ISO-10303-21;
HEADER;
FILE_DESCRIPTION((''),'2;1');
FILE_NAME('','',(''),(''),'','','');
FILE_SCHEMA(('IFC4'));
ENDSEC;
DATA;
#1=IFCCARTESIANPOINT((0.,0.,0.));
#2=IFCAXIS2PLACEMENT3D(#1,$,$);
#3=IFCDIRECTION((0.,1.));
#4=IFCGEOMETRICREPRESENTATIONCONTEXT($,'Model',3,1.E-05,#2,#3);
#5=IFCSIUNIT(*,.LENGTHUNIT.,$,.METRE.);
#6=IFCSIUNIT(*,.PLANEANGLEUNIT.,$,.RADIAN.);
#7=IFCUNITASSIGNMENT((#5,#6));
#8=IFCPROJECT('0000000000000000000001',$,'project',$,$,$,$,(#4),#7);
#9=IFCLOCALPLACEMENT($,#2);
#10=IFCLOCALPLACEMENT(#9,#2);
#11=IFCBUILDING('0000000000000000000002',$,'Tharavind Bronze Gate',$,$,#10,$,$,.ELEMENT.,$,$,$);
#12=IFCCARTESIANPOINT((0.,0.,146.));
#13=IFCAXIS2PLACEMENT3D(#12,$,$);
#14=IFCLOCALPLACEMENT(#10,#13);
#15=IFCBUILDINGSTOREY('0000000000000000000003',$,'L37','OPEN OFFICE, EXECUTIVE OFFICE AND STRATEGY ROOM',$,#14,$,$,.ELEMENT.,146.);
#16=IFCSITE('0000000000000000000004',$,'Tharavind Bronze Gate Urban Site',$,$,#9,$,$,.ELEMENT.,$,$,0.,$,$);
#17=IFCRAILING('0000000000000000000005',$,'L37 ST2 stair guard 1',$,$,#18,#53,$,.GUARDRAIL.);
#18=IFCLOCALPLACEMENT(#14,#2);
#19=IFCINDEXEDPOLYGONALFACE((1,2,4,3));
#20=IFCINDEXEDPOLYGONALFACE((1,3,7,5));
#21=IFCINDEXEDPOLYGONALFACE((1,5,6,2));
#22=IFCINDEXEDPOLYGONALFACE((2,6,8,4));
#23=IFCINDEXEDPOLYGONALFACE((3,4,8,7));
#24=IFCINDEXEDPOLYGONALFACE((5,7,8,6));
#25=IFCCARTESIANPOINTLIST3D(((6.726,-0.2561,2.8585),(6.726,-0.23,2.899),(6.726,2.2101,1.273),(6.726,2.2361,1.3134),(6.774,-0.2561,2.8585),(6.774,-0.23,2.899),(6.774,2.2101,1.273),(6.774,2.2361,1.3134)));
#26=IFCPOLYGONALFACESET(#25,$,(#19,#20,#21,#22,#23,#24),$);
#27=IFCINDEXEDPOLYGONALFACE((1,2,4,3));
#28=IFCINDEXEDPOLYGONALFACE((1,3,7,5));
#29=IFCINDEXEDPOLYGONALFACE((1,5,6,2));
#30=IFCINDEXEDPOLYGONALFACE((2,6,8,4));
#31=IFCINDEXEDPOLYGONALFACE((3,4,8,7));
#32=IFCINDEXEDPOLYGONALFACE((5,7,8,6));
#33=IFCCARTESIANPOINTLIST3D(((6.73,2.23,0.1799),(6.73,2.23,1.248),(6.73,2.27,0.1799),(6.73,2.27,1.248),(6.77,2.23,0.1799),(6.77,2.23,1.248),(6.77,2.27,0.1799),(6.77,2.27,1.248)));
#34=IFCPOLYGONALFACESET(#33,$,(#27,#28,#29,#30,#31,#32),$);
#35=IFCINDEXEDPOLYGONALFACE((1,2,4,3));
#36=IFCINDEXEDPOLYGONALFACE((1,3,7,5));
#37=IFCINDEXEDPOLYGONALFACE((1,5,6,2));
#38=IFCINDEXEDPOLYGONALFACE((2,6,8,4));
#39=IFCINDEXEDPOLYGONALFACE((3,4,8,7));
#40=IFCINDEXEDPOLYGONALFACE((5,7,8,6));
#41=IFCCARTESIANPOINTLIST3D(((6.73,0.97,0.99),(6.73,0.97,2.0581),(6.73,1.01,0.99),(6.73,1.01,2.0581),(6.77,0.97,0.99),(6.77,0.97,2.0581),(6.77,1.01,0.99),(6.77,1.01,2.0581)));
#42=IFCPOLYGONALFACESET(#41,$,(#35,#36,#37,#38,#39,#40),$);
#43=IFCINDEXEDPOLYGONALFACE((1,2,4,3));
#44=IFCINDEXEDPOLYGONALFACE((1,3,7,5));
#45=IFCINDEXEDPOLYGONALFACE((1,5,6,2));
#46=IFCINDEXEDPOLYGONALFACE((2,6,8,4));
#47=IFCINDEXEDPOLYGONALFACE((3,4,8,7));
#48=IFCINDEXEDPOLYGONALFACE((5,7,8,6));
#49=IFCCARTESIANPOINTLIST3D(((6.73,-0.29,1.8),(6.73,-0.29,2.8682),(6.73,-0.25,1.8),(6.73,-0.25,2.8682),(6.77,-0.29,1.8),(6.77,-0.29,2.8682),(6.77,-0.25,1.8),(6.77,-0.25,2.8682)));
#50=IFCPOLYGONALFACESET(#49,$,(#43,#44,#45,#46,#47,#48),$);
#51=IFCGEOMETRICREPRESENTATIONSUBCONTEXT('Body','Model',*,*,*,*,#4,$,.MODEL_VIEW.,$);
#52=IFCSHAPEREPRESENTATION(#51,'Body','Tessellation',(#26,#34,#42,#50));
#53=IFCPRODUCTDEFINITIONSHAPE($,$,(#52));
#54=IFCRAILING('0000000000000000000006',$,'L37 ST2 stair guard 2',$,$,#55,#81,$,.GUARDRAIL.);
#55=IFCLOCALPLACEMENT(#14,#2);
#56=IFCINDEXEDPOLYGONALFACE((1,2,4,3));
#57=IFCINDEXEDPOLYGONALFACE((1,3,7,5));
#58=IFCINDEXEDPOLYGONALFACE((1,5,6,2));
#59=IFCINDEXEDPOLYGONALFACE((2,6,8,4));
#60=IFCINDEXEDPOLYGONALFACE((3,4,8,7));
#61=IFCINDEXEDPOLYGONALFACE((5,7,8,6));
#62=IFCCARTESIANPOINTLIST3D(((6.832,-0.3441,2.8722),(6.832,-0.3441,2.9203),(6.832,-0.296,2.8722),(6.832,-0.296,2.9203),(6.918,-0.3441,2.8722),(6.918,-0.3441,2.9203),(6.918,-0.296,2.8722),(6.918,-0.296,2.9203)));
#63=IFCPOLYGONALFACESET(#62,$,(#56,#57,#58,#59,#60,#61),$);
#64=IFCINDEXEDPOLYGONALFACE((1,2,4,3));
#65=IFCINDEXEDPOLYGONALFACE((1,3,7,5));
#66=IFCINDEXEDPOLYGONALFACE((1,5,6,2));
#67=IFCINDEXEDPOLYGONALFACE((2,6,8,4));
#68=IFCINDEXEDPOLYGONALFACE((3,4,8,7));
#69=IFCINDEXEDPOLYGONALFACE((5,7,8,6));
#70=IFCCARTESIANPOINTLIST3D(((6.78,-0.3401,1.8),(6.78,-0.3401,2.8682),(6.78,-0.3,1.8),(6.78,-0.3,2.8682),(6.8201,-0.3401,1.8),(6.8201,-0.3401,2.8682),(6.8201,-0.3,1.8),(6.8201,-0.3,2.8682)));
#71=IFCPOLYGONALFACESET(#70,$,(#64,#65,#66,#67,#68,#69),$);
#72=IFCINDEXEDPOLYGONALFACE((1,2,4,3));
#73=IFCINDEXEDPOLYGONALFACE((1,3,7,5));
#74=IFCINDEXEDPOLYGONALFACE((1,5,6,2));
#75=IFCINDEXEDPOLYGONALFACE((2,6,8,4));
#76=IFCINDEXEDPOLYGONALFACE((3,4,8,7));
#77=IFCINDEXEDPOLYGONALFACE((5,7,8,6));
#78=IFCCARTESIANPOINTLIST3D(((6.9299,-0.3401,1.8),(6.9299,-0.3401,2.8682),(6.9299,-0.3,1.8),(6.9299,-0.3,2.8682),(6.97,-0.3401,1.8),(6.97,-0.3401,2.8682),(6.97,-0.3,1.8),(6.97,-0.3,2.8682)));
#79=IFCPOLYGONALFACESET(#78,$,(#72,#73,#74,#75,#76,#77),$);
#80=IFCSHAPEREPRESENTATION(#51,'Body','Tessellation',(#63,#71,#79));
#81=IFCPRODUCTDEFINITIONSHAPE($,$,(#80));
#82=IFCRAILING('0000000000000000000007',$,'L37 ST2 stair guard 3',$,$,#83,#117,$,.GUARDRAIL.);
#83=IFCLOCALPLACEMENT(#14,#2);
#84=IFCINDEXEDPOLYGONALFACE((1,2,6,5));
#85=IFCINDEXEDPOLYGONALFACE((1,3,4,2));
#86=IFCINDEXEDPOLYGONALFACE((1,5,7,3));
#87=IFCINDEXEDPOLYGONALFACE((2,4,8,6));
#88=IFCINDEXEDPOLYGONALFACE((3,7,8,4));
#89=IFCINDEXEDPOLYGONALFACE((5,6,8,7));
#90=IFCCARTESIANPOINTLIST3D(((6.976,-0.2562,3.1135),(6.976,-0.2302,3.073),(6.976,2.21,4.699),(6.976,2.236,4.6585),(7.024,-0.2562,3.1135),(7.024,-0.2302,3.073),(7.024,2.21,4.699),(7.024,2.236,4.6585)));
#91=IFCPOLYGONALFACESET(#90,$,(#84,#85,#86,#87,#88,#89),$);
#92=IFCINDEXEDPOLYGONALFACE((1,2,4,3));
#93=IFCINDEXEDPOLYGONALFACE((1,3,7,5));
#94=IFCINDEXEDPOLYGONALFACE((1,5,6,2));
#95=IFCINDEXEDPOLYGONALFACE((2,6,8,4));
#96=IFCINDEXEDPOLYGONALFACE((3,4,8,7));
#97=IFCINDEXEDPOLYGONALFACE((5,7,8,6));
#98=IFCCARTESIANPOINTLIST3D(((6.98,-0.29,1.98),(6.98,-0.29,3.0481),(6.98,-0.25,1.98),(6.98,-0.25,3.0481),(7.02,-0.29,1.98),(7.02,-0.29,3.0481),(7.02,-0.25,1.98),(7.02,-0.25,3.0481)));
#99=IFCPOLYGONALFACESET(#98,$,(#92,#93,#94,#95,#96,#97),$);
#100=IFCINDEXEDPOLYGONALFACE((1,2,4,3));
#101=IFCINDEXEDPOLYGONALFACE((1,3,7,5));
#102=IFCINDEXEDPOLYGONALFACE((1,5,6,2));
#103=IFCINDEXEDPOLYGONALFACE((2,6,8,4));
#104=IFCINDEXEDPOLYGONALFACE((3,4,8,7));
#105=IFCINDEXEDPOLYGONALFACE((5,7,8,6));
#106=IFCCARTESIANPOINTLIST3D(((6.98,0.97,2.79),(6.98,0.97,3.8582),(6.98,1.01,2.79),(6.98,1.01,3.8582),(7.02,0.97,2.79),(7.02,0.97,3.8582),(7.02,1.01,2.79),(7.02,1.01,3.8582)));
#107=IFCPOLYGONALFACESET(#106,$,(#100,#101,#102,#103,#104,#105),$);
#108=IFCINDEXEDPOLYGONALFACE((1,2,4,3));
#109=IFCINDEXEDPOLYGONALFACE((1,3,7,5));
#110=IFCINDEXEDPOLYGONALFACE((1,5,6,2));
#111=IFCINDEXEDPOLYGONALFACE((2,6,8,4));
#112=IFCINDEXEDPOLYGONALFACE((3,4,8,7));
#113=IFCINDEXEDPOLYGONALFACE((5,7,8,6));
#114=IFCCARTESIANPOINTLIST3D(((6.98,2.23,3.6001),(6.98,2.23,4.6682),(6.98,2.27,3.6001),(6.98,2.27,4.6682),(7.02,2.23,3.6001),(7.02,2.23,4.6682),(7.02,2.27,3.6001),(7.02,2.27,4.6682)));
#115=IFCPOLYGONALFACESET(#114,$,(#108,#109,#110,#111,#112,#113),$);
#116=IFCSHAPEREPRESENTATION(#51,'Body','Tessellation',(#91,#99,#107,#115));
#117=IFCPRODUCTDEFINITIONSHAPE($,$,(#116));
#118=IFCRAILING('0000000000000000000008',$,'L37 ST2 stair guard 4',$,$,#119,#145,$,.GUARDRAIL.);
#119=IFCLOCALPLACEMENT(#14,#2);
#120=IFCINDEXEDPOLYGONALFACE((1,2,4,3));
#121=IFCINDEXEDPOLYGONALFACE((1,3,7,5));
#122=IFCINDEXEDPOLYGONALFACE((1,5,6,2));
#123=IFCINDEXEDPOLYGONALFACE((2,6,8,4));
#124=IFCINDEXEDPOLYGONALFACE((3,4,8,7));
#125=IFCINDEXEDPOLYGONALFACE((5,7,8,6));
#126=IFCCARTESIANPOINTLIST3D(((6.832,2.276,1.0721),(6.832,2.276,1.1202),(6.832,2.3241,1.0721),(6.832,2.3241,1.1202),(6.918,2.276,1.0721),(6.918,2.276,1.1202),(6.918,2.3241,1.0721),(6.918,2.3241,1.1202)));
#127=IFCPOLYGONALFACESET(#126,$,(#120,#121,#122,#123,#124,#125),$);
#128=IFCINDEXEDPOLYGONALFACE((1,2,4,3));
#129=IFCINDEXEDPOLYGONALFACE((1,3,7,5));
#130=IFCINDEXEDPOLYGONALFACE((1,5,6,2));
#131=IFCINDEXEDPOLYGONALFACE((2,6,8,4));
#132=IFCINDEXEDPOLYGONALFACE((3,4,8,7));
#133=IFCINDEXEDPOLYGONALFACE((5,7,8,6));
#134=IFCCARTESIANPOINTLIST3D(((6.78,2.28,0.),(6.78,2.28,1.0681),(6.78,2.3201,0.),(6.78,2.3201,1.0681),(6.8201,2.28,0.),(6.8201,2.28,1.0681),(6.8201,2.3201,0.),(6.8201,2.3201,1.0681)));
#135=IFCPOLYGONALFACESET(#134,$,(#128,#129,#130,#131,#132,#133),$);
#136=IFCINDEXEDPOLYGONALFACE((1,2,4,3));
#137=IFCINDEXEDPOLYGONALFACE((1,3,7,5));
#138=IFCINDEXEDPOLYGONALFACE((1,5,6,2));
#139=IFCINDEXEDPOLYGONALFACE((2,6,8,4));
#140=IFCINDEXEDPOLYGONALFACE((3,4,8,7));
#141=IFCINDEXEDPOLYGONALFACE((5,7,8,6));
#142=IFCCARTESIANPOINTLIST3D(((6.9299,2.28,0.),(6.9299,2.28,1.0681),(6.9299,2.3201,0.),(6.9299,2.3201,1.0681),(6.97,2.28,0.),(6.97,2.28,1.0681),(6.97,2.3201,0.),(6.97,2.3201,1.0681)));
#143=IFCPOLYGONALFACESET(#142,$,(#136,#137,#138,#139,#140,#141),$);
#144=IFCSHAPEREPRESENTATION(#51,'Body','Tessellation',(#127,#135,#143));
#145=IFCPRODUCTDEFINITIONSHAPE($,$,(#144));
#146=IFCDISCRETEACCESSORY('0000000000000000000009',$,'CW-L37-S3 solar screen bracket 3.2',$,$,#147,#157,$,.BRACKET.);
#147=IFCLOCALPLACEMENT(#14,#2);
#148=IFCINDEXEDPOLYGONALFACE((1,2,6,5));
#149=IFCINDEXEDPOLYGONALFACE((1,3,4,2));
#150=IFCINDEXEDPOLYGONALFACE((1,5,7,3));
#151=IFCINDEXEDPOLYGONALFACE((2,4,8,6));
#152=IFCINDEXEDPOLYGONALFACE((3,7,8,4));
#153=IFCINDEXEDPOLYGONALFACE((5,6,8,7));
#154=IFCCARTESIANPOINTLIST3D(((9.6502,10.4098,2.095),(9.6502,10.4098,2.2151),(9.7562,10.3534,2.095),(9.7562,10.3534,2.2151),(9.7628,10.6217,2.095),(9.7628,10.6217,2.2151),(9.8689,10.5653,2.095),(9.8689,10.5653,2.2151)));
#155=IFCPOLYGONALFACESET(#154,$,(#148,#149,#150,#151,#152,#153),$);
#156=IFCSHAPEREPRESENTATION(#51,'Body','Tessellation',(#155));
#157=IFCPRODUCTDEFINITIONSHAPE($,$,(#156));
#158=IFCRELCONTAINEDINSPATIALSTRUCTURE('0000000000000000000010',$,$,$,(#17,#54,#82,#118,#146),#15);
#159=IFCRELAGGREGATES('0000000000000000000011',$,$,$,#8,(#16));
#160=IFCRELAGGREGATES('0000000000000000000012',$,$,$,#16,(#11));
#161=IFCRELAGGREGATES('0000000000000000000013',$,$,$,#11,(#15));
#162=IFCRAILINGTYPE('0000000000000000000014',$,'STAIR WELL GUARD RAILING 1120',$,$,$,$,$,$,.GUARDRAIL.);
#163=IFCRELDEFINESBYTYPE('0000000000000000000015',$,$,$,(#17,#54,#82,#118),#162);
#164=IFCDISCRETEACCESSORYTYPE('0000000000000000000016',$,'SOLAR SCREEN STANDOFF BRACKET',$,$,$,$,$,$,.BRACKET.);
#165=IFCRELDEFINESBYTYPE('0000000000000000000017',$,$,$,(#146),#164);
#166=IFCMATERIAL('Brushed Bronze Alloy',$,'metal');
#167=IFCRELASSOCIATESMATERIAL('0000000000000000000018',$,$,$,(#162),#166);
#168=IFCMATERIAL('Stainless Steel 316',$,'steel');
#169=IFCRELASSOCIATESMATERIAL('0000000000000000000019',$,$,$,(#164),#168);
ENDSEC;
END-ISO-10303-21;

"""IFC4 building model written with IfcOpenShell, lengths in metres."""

from ifc_helpers import new_model, si_unit, direction, frame, origin, origin_2d, place, context, subcontext, project, spatial, rectangle, extrude, material, type_object, element, save


model = new_model("IFC4")

# Units and contexts
model_context = context("Model", 3, precision=1e-05, world=origin(), true_north=direction((0.0, 1.0)))
body_context = subcontext(model_context, "Body", "Model", "MODEL_VIEW")
ifc_project = project(units=[si_unit("LENGTHUNIT", "METRE"), si_unit("PLANEANGLEUNIT", "RADIAN")], contexts=[model_context])

# Site, building, storey
site_placement = place(None, origin())
site = spatial("IfcSite", under=ifc_project, at=site_placement, Name="Tharavind Bronze Gate Urban Site", CompositionType="ELEMENT", RefElevation=0.0)
building_placement = place(site_placement, origin())
building = spatial("IfcBuilding", under=site, at=building_placement, Name="Tharavind Bronze Gate", CompositionType="ELEMENT")
storey_placement = place(building_placement, frame((0.0, 0.0, 146.0)))
storey = spatial("IfcBuildingStorey", under=building, at=storey_placement, Name="L37", Description="OPEN OFFICE, EXECUTIVE OFFICE AND STRATEGY ROOM", CompositionType="ELEMENT", Elevation=146.0)

# Railings
ifc_material_1 = material(Name="Brushed Bronze Alloy", Category="metal")
railing_type_1 = type_object("IfcRailingType", Name="STAIR WELL GUARD RAILING 1120", PredefinedType="GUARDRAIL", material=ifc_material_1)
railing_1_placement = place(storey_placement, frame((6.75, 2.25, 0.1799)))
element("IfcRailing", 1, at=railing_1_placement, inside=storey, type_object=railing_type_1, Name="L37 ST2 stair guard 1", PredefinedType="GUARDRAIL", context=body_context, shape_type="SweptSolid", body=[
    extrude(rectangle(XDim=0.0481, YDim=0.0481, at=origin_2d()), frame((0.0, -0.0269, 1.1133), z_axis=(0.0, -0.841163, 0.540782), x_axis=(1.0, 0.0, 0.0)), (0.0, 0.0, 1.0), 2.9319),
    extrude(rectangle(XDim=0.04, YDim=0.04, at=origin_2d()), origin(), (0.0, 0.0, 1.0), 1.0681),
    extrude(rectangle(XDim=0.04, YDim=0.04, at=origin_2d()), frame((0.0, -1.26, 0.8101)), (0.0, 0.0, 1.0), 1.0681),
    extrude(rectangle(XDim=0.04, YDim=0.04, at=origin_2d()), frame((0.0, -2.52, 1.6201)), (0.0, 0.0, 1.0), 1.0681),
])
railing_2_placement = place(storey_placement, frame((6.8, -0.3201, 1.8)))
element("IfcRailing", 2, at=railing_2_placement, inside=storey, type_object=railing_type_1, Name="L37 ST2 stair guard 2", PredefinedType="GUARDRAIL", context=body_context, shape_type="SweptSolid", body=[
    extrude(rectangle(XDim=0.0481, YDim=0.0481, at=origin_2d()), frame((0.032, 0.0, 1.0962), z_axis=(1.0, 0.0, 0.0), x_axis=(0.0, 1.0, 0.0)), (0.0, 0.0, 1.0), 0.0859),
    extrude(rectangle(XDim=0.04, YDim=0.04, at=origin_2d()), origin(), (0.0, 0.0, 1.0), 1.0681),
    extrude(rectangle(XDim=0.04, YDim=0.04, at=origin_2d()), frame((0.1499, 0.0, 0.0)), (0.0, 0.0, 1.0), 1.0681),
])
railing_3_placement = place(storey_placement, frame((7.0, -0.27, 1.98)))
element("IfcRailing", 3, at=railing_3_placement, inside=storey, type_object=railing_type_1, Name="L37 ST2 stair guard 3", PredefinedType="GUARDRAIL", context=body_context, shape_type="SweptSolid", body=[
    extrude(rectangle(XDim=0.0481, YDim=0.0481, at=origin_2d()), frame((0.0, 0.0269, 1.1133), z_axis=(0.0, 0.841163, 0.540782), x_axis=(-1.0, 0.0, 0.0)), (0.0, 0.0, 1.0), 2.9319),
    extrude(rectangle(XDim=0.04, YDim=0.04, at=origin_2d()), origin(), (0.0, 0.0, 1.0), 1.0681),
    extrude(rectangle(XDim=0.04, YDim=0.04, at=origin_2d()), frame((0.0, 1.26, 0.8101)), (0.0, 0.0, 1.0), 1.0681),
    extrude(rectangle(XDim=0.04, YDim=0.04, at=origin_2d()), frame((0.0, 2.52, 1.6201)), (0.0, 0.0, 1.0), 1.0681),
])
railing_4_placement = place(storey_placement, frame((6.8, 2.3, 0.0)))
element("IfcRailing", 4, at=railing_4_placement, inside=storey, type_object=railing_type_1, Name="L37 ST2 stair guard 4", PredefinedType="GUARDRAIL", context=body_context, shape_type="SweptSolid", body=[
    extrude(rectangle(XDim=0.0481, YDim=0.0481, at=origin_2d()), frame((0.032, 0.0, 1.0962), z_axis=(1.0, 0.0, 0.0), x_axis=(0.0, 1.0, 0.0)), (0.0, 0.0, 1.0), 0.0859),
    extrude(rectangle(XDim=0.04, YDim=0.04, at=origin_2d()), origin(), (0.0, 0.0, 1.0), 1.0681),
    extrude(rectangle(XDim=0.04, YDim=0.04, at=origin_2d()), frame((0.1499, 0.0, 0.0)), (0.0, 0.0, 1.0), 1.0681),
])

# Discrete accessory
ifc_material_2 = material(Name="Stainless Steel 316", Category="steel")
discrete_accessory_type = type_object("IfcDiscreteAccessoryType", Name="SOLAR SCREEN STANDOFF BRACKET", PredefinedType="BRACKET", material=ifc_material_2)
discrete_accessory_placement = place(storey_placement, frame((9.7595, 10.4875, 2.095), z_axis=(0.0, 0.0, 1.0), x_axis=(-0.882948, 0.469472, 0.0)))
element("IfcDiscreteAccessory", 5, at=discrete_accessory_placement, inside=storey, type_object=discrete_accessory_type, Name="CW-L37-S3 solar screen bracket 3.2", PredefinedType="BRACKET", context=body_context, shape_type="SweptSolid", body=[
    extrude(rectangle(XDim=0.1201, YDim=0.24, at=origin_2d()), origin(), (0.0, 0.0, 1.0), 0.1201),
])

save(model, "model.ifc")
